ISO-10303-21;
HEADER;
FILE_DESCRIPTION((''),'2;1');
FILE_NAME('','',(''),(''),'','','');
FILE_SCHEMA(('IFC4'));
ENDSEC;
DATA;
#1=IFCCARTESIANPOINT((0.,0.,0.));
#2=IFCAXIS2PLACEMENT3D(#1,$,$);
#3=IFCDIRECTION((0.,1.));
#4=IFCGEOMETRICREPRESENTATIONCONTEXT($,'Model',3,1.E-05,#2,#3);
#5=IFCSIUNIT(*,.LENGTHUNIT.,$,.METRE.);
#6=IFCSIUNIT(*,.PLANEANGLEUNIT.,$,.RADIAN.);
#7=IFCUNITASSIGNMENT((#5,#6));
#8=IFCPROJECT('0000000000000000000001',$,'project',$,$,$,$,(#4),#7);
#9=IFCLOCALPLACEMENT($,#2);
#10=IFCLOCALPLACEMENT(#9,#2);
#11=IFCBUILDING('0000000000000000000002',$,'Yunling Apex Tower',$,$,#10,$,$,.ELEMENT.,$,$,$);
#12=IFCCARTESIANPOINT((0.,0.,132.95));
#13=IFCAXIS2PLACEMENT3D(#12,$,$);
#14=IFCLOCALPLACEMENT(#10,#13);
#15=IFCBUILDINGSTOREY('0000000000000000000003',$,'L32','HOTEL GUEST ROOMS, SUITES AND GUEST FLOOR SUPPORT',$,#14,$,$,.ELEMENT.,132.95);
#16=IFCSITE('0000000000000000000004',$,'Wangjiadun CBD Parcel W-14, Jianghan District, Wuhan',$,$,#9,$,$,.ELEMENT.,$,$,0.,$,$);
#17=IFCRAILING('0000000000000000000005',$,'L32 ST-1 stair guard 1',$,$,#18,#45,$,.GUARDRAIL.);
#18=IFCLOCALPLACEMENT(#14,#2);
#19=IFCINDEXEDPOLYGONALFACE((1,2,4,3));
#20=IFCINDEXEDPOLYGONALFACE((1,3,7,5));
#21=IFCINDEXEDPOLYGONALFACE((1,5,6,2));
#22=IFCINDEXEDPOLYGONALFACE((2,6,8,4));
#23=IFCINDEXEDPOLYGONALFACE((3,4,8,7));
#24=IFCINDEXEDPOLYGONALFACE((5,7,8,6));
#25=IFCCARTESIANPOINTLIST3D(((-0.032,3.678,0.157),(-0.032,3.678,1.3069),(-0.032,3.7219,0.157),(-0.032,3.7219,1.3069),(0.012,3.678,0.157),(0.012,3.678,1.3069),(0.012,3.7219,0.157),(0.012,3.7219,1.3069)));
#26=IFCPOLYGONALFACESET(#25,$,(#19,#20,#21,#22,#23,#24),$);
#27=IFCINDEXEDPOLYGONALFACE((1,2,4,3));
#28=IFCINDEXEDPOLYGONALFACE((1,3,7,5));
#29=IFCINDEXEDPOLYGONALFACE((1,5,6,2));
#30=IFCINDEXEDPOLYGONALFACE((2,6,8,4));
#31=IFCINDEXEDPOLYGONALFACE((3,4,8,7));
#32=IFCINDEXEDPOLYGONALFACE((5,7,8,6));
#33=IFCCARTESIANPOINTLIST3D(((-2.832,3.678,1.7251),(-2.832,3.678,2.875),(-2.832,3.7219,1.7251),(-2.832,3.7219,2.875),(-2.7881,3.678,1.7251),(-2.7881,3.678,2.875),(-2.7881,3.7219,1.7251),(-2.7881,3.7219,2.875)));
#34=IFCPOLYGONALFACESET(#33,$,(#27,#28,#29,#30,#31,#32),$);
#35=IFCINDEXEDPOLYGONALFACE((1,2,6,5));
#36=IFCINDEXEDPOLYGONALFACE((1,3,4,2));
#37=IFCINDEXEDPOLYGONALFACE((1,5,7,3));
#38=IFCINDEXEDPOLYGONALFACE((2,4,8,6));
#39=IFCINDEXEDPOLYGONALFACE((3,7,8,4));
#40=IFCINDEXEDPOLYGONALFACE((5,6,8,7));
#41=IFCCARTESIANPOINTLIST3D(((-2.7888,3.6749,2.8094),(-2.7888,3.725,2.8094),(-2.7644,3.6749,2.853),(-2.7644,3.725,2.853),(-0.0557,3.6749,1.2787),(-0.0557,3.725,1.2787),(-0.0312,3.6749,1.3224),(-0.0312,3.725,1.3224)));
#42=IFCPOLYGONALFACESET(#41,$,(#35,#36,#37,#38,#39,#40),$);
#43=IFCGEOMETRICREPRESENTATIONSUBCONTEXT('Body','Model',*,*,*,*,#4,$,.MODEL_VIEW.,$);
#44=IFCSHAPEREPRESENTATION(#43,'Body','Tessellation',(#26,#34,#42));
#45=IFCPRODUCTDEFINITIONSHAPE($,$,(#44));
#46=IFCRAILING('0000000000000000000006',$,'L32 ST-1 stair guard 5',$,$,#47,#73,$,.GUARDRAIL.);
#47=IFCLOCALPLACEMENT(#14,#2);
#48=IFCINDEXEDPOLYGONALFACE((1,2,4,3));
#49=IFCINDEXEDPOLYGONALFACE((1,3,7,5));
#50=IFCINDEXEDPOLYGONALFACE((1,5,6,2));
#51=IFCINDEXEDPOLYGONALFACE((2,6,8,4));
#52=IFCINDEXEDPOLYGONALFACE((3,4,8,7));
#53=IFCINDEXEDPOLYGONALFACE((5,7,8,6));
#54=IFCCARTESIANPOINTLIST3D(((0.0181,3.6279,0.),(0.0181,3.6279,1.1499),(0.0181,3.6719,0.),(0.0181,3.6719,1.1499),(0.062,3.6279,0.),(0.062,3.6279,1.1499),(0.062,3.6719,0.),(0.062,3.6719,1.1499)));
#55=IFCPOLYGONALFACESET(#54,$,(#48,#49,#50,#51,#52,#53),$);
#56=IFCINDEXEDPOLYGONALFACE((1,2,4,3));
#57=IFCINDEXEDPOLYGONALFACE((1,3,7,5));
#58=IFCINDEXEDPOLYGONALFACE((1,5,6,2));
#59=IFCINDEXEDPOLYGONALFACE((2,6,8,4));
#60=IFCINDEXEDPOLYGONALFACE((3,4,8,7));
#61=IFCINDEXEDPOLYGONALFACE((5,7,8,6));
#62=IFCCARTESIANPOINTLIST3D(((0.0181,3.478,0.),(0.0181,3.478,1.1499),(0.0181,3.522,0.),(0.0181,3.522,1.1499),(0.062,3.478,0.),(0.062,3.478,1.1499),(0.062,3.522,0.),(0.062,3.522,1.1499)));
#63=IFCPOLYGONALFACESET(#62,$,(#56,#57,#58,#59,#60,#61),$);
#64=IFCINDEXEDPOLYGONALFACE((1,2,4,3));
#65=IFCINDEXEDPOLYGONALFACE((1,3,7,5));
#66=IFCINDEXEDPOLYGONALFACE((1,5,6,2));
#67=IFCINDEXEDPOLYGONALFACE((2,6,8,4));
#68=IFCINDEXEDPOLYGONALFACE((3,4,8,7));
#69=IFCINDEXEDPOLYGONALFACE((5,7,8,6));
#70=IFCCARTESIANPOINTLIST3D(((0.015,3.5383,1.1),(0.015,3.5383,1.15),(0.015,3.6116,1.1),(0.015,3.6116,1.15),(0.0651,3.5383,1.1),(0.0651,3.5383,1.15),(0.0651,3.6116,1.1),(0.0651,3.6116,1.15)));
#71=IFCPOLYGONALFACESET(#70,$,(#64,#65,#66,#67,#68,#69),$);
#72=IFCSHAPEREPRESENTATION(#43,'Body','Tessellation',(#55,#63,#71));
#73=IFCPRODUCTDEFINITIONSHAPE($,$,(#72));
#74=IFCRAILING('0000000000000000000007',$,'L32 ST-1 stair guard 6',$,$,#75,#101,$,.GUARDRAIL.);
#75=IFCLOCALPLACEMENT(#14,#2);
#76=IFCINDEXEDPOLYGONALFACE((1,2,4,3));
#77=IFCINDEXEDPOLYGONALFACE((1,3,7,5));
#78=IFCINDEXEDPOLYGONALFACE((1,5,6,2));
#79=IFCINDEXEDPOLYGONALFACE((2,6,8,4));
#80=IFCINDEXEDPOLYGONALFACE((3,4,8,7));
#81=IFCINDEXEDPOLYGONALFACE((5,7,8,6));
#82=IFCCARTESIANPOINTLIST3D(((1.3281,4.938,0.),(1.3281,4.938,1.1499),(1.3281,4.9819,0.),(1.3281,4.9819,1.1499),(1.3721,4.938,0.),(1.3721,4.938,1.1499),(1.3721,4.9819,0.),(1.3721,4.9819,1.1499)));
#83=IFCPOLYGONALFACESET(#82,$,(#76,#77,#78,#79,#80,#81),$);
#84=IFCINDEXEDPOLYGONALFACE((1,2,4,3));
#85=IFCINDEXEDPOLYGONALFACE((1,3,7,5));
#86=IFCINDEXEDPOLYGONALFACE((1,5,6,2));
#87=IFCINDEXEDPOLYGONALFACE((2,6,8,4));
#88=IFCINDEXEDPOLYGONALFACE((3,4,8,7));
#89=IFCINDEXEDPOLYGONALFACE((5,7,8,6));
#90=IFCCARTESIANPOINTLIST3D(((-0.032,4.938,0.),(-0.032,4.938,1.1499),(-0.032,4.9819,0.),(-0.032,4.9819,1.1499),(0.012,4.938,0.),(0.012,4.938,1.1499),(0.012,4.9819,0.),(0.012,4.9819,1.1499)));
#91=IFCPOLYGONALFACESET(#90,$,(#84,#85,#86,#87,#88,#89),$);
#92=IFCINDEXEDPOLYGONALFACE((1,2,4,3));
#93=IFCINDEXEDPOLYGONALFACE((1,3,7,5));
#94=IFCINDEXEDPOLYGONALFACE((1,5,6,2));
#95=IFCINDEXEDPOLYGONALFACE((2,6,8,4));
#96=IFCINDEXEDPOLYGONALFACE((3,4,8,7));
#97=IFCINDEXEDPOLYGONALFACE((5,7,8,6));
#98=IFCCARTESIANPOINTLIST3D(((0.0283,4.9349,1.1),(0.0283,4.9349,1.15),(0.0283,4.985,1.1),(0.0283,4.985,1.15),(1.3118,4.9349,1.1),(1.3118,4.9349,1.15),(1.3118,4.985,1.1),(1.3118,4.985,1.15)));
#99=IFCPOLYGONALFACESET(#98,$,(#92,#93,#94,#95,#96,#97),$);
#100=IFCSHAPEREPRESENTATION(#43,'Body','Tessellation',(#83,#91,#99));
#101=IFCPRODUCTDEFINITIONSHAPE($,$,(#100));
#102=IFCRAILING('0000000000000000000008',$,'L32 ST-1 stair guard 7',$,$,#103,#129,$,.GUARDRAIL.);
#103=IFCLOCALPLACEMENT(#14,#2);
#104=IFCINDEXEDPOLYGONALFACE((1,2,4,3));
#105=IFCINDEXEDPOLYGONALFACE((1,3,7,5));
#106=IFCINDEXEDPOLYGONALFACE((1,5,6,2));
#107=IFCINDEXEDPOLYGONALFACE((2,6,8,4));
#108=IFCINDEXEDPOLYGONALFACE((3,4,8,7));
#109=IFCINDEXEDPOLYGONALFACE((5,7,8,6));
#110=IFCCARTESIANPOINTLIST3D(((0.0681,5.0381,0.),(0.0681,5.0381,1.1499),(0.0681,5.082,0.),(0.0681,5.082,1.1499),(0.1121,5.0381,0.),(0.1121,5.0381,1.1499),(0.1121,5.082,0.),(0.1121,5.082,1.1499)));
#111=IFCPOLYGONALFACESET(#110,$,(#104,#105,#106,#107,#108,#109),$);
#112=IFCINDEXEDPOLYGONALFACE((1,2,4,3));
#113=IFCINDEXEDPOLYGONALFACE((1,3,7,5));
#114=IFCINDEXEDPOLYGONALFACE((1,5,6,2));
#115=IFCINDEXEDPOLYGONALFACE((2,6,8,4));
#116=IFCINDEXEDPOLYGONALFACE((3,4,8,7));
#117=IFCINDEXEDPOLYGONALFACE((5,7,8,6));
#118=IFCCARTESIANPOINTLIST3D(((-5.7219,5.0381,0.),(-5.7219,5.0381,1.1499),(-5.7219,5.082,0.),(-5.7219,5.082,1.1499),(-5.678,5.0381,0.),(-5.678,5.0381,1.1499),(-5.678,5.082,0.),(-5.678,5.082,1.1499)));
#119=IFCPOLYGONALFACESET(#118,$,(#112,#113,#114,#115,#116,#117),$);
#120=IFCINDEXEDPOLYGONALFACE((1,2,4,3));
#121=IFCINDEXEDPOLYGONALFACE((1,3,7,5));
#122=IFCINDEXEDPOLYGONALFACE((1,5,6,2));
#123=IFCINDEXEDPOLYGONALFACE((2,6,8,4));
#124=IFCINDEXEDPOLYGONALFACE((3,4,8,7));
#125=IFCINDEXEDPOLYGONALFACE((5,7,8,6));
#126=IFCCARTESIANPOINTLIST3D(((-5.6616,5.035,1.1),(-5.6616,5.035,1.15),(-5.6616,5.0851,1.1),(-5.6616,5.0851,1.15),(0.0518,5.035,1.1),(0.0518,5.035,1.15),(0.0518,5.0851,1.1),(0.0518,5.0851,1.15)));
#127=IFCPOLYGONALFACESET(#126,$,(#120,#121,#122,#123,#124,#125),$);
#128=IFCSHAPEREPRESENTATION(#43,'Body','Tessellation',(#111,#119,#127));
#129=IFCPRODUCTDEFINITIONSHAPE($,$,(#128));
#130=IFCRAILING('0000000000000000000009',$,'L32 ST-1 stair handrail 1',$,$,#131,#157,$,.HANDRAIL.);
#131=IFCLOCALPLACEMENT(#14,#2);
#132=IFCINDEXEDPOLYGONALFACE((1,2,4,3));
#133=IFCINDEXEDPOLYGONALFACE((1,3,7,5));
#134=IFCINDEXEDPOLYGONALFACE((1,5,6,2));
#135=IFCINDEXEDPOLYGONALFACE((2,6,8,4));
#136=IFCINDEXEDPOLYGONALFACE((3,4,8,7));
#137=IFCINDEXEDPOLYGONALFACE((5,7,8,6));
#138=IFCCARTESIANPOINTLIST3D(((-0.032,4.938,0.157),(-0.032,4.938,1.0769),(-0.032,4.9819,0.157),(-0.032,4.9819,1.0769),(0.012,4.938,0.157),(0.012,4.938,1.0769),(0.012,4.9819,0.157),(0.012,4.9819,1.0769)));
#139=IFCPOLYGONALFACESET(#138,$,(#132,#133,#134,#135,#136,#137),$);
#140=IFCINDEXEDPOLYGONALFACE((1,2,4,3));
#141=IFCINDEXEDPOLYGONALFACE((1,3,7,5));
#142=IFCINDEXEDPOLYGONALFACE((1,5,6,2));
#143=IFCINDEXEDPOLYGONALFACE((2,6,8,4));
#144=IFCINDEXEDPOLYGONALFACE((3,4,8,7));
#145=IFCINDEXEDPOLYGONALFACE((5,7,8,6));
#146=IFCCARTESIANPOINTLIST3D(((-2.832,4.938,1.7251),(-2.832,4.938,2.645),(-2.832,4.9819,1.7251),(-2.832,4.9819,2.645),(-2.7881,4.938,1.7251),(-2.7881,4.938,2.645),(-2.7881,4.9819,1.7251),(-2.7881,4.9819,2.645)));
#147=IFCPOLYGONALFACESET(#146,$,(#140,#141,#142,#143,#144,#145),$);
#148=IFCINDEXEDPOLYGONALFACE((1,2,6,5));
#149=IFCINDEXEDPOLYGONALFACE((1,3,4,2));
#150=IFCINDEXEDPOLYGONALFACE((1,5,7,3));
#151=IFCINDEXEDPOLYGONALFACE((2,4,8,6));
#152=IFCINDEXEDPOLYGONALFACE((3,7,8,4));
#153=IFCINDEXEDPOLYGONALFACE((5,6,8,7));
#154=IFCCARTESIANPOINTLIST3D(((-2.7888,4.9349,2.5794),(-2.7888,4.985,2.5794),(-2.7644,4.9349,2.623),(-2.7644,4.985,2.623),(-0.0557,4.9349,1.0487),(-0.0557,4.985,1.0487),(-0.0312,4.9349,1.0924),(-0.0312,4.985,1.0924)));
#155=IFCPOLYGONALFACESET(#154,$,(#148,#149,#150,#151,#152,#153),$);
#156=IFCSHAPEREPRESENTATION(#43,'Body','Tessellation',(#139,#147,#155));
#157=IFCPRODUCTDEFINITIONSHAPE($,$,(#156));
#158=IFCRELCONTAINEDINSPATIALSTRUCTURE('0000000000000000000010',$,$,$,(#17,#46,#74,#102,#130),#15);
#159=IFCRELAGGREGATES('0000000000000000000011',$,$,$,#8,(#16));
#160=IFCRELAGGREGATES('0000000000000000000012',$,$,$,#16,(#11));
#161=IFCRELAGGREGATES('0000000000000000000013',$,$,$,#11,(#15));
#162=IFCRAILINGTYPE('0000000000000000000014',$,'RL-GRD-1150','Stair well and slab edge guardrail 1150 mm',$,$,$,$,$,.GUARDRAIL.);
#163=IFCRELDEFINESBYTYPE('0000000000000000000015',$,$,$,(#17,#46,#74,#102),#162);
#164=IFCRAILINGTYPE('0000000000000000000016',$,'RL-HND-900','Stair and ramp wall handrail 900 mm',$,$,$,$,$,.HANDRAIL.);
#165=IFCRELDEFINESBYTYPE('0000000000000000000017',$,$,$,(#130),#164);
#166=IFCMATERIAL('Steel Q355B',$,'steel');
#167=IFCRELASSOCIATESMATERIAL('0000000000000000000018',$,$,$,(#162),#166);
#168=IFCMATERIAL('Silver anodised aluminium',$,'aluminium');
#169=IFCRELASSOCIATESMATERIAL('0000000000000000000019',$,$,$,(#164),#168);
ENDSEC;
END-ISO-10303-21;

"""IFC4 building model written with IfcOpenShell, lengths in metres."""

from ifc_helpers import new_model, si_unit, direction, frame, origin, origin_2d, place, context, subcontext, project, spatial, rectangle, extrude, material, type_object, element, save


model = new_model("IFC4")

# Units and contexts
model_context = context("Model", 3, precision=1e-05, world=origin(), true_north=direction((0.0, 1.0)))
body_context = subcontext(model_context, "Body", "Model", "MODEL_VIEW")
ifc_project = project(units=[si_unit("LENGTHUNIT", "METRE"), si_unit("PLANEANGLEUNIT", "RADIAN")], contexts=[model_context])

# Site, building, storey
site_placement = place(None, origin())
site = spatial("IfcSite", under=ifc_project, at=site_placement, Name="Wangjiadun CBD Parcel W-14, Jianghan District, Wuhan", CompositionType="ELEMENT", RefElevation=0.0)
building_placement = place(site_placement, origin())
building = spatial("IfcBuilding", under=site, at=building_placement, Name="Yunling Apex Tower", CompositionType="ELEMENT")
storey_placement = place(building_placement, frame((0.0, 0.0, 132.95)))
storey = spatial("IfcBuildingStorey", under=building, at=storey_placement, Name="L32", Description="HOTEL GUEST ROOMS, SUITES AND GUEST FLOOR SUPPORT", CompositionType="ELEMENT", Elevation=132.95)

# Shared definitions
ifc_material_1 = material(Name="Steel Q355B", Category="steel")

# Railings
railing_type_1 = type_object("IfcRailingType", Name="RL-GRD-1150", Description="Stair well and slab edge guardrail 1150 mm", PredefinedType="GUARDRAIL", material=ifc_material_1)
railing_1_placement = place(storey_placement, frame((-0.01, 3.7, 0.157)))
element("IfcRailing", 1, at=railing_1_placement, inside=storey, type_object=railing_type_1, Name="L32 ST-1 stair guard 1", PredefinedType="GUARDRAIL", context=body_context, shape_type="SweptSolid", body=[
    extrude(rectangle(XDim=0.0439, YDim=0.0439, at=origin_2d()), origin(), (0.0, 0.0, 1.0), 1.1499),
    extrude(rectangle(XDim=0.0439, YDim=0.0439, at=origin_2d()), frame((-2.8, 0.0, 1.5681)), (0.0, 0.0, 1.0), 1.1499),
    extrude(rectangle(XDim=0.05, YDim=0.05, at=origin_2d()), frame((-0.0334, 0.0, 1.1436), z_axis=(-0.872494, 0.0, 0.488624), x_axis=(0.0, -1.0, 0.0)), (0.0, 0.0, 1.0), 3.1326),
])
railing_2_placement = place(storey_placement, frame((0.04, 3.6499, 0.0)))
element("IfcRailing", 2, at=railing_2_placement, inside=storey, type_object=railing_type_1, Name="L32 ST-1 stair guard 5", PredefinedType="GUARDRAIL", context=body_context, shape_type="SweptSolid", body=[
    extrude(rectangle(XDim=0.0439, YDim=0.0439, at=origin_2d()), origin(), (0.0, 0.0, 1.0), 1.1499),
    extrude(rectangle(XDim=0.0439, YDim=0.0439, at=origin_2d()), frame((0.0, -0.1499, 0.0)), (0.0, 0.0, 1.0), 1.1499),
    extrude(rectangle(XDim=0.05, YDim=0.05, at=origin_2d()), frame((0.0, -0.0383, 1.125), z_axis=(0.0, -1.0, 0.0), x_axis=(1.0, 0.0, 0.0)), (0.0, 0.0, 1.0), 0.0732),
])
railing_3_placement = place(storey_placement, frame((1.3501, 4.96, 0.0)))
element("IfcRailing", 3, at=railing_3_placement, inside=storey, type_object=railing_type_1, Name="L32 ST-1 stair guard 6", PredefinedType="GUARDRAIL", context=body_context, shape_type="SweptSolid", body=[
    extrude(rectangle(XDim=0.0439, YDim=0.0439, at=origin_2d()), origin(), (0.0, 0.0, 1.0), 1.1499),
    extrude(rectangle(XDim=0.0439, YDim=0.0439, at=origin_2d()), frame((-1.3601, 0.0, 0.0)), (0.0, 0.0, 1.0), 1.1499),
    extrude(rectangle(XDim=0.05, YDim=0.05, at=origin_2d()), frame((-0.0383, 0.0, 1.125), z_axis=(-1.0, 0.0, 0.0), x_axis=(0.0, -1.0, 0.0)), (0.0, 0.0, 1.0), 1.2834),
])
railing_4_placement = place(storey_placement, frame((0.0901, 5.0601, 0.0)))
element("IfcRailing", 4, at=railing_4_placement, inside=storey, type_object=railing_type_1, Name="L32 ST-1 stair guard 7", PredefinedType="GUARDRAIL", context=body_context, shape_type="SweptSolid", body=[
    extrude(rectangle(XDim=0.0439, YDim=0.0439, at=origin_2d()), origin(), (0.0, 0.0, 1.0), 1.1499),
    extrude(rectangle(XDim=0.0439, YDim=0.0439, at=origin_2d()), frame((-5.79, 0.0, 0.0)), (0.0, 0.0, 1.0), 1.1499),
    extrude(rectangle(XDim=0.05, YDim=0.05, at=origin_2d()), frame((-0.0383, 0.0, 1.125), z_axis=(-1.0, 0.0, 0.0), x_axis=(0.0, -1.0, 0.0)), (0.0, 0.0, 1.0), 5.7134),
])
ifc_material_2 = material(Name="Silver anodised aluminium", Category="aluminium")
railing_type_2 = type_object("IfcRailingType", Name="RL-HND-900", Description="Stair and ramp wall handrail 900 mm", PredefinedType="HANDRAIL", material=ifc_material_2)
railing_5_placement = place(storey_placement, frame((-0.01, 4.96, 0.157)))
element("IfcRailing", 5, at=railing_5_placement, inside=storey, type_object=railing_type_2, Name="L32 ST-1 stair handrail 1", PredefinedType="HANDRAIL", context=body_context, shape_type="SweptSolid", body=[
    extrude(rectangle(XDim=0.0439, YDim=0.0439, at=origin_2d()), origin(), (0.0, 0.0, 1.0), 0.9199),
    extrude(rectangle(XDim=0.0439, YDim=0.0439, at=origin_2d()), frame((-2.8, 0.0, 1.5681)), (0.0, 0.0, 1.0), 0.9199),
    extrude(rectangle(XDim=0.05, YDim=0.05, at=origin_2d()), frame((-0.0334, 0.0, 0.9136), z_axis=(-0.872494, 0.0, 0.488624), x_axis=(0.0, -1.0, 0.0)), (0.0, 0.0, 1.0), 3.1326),
])

save(model, "model.ifc")
